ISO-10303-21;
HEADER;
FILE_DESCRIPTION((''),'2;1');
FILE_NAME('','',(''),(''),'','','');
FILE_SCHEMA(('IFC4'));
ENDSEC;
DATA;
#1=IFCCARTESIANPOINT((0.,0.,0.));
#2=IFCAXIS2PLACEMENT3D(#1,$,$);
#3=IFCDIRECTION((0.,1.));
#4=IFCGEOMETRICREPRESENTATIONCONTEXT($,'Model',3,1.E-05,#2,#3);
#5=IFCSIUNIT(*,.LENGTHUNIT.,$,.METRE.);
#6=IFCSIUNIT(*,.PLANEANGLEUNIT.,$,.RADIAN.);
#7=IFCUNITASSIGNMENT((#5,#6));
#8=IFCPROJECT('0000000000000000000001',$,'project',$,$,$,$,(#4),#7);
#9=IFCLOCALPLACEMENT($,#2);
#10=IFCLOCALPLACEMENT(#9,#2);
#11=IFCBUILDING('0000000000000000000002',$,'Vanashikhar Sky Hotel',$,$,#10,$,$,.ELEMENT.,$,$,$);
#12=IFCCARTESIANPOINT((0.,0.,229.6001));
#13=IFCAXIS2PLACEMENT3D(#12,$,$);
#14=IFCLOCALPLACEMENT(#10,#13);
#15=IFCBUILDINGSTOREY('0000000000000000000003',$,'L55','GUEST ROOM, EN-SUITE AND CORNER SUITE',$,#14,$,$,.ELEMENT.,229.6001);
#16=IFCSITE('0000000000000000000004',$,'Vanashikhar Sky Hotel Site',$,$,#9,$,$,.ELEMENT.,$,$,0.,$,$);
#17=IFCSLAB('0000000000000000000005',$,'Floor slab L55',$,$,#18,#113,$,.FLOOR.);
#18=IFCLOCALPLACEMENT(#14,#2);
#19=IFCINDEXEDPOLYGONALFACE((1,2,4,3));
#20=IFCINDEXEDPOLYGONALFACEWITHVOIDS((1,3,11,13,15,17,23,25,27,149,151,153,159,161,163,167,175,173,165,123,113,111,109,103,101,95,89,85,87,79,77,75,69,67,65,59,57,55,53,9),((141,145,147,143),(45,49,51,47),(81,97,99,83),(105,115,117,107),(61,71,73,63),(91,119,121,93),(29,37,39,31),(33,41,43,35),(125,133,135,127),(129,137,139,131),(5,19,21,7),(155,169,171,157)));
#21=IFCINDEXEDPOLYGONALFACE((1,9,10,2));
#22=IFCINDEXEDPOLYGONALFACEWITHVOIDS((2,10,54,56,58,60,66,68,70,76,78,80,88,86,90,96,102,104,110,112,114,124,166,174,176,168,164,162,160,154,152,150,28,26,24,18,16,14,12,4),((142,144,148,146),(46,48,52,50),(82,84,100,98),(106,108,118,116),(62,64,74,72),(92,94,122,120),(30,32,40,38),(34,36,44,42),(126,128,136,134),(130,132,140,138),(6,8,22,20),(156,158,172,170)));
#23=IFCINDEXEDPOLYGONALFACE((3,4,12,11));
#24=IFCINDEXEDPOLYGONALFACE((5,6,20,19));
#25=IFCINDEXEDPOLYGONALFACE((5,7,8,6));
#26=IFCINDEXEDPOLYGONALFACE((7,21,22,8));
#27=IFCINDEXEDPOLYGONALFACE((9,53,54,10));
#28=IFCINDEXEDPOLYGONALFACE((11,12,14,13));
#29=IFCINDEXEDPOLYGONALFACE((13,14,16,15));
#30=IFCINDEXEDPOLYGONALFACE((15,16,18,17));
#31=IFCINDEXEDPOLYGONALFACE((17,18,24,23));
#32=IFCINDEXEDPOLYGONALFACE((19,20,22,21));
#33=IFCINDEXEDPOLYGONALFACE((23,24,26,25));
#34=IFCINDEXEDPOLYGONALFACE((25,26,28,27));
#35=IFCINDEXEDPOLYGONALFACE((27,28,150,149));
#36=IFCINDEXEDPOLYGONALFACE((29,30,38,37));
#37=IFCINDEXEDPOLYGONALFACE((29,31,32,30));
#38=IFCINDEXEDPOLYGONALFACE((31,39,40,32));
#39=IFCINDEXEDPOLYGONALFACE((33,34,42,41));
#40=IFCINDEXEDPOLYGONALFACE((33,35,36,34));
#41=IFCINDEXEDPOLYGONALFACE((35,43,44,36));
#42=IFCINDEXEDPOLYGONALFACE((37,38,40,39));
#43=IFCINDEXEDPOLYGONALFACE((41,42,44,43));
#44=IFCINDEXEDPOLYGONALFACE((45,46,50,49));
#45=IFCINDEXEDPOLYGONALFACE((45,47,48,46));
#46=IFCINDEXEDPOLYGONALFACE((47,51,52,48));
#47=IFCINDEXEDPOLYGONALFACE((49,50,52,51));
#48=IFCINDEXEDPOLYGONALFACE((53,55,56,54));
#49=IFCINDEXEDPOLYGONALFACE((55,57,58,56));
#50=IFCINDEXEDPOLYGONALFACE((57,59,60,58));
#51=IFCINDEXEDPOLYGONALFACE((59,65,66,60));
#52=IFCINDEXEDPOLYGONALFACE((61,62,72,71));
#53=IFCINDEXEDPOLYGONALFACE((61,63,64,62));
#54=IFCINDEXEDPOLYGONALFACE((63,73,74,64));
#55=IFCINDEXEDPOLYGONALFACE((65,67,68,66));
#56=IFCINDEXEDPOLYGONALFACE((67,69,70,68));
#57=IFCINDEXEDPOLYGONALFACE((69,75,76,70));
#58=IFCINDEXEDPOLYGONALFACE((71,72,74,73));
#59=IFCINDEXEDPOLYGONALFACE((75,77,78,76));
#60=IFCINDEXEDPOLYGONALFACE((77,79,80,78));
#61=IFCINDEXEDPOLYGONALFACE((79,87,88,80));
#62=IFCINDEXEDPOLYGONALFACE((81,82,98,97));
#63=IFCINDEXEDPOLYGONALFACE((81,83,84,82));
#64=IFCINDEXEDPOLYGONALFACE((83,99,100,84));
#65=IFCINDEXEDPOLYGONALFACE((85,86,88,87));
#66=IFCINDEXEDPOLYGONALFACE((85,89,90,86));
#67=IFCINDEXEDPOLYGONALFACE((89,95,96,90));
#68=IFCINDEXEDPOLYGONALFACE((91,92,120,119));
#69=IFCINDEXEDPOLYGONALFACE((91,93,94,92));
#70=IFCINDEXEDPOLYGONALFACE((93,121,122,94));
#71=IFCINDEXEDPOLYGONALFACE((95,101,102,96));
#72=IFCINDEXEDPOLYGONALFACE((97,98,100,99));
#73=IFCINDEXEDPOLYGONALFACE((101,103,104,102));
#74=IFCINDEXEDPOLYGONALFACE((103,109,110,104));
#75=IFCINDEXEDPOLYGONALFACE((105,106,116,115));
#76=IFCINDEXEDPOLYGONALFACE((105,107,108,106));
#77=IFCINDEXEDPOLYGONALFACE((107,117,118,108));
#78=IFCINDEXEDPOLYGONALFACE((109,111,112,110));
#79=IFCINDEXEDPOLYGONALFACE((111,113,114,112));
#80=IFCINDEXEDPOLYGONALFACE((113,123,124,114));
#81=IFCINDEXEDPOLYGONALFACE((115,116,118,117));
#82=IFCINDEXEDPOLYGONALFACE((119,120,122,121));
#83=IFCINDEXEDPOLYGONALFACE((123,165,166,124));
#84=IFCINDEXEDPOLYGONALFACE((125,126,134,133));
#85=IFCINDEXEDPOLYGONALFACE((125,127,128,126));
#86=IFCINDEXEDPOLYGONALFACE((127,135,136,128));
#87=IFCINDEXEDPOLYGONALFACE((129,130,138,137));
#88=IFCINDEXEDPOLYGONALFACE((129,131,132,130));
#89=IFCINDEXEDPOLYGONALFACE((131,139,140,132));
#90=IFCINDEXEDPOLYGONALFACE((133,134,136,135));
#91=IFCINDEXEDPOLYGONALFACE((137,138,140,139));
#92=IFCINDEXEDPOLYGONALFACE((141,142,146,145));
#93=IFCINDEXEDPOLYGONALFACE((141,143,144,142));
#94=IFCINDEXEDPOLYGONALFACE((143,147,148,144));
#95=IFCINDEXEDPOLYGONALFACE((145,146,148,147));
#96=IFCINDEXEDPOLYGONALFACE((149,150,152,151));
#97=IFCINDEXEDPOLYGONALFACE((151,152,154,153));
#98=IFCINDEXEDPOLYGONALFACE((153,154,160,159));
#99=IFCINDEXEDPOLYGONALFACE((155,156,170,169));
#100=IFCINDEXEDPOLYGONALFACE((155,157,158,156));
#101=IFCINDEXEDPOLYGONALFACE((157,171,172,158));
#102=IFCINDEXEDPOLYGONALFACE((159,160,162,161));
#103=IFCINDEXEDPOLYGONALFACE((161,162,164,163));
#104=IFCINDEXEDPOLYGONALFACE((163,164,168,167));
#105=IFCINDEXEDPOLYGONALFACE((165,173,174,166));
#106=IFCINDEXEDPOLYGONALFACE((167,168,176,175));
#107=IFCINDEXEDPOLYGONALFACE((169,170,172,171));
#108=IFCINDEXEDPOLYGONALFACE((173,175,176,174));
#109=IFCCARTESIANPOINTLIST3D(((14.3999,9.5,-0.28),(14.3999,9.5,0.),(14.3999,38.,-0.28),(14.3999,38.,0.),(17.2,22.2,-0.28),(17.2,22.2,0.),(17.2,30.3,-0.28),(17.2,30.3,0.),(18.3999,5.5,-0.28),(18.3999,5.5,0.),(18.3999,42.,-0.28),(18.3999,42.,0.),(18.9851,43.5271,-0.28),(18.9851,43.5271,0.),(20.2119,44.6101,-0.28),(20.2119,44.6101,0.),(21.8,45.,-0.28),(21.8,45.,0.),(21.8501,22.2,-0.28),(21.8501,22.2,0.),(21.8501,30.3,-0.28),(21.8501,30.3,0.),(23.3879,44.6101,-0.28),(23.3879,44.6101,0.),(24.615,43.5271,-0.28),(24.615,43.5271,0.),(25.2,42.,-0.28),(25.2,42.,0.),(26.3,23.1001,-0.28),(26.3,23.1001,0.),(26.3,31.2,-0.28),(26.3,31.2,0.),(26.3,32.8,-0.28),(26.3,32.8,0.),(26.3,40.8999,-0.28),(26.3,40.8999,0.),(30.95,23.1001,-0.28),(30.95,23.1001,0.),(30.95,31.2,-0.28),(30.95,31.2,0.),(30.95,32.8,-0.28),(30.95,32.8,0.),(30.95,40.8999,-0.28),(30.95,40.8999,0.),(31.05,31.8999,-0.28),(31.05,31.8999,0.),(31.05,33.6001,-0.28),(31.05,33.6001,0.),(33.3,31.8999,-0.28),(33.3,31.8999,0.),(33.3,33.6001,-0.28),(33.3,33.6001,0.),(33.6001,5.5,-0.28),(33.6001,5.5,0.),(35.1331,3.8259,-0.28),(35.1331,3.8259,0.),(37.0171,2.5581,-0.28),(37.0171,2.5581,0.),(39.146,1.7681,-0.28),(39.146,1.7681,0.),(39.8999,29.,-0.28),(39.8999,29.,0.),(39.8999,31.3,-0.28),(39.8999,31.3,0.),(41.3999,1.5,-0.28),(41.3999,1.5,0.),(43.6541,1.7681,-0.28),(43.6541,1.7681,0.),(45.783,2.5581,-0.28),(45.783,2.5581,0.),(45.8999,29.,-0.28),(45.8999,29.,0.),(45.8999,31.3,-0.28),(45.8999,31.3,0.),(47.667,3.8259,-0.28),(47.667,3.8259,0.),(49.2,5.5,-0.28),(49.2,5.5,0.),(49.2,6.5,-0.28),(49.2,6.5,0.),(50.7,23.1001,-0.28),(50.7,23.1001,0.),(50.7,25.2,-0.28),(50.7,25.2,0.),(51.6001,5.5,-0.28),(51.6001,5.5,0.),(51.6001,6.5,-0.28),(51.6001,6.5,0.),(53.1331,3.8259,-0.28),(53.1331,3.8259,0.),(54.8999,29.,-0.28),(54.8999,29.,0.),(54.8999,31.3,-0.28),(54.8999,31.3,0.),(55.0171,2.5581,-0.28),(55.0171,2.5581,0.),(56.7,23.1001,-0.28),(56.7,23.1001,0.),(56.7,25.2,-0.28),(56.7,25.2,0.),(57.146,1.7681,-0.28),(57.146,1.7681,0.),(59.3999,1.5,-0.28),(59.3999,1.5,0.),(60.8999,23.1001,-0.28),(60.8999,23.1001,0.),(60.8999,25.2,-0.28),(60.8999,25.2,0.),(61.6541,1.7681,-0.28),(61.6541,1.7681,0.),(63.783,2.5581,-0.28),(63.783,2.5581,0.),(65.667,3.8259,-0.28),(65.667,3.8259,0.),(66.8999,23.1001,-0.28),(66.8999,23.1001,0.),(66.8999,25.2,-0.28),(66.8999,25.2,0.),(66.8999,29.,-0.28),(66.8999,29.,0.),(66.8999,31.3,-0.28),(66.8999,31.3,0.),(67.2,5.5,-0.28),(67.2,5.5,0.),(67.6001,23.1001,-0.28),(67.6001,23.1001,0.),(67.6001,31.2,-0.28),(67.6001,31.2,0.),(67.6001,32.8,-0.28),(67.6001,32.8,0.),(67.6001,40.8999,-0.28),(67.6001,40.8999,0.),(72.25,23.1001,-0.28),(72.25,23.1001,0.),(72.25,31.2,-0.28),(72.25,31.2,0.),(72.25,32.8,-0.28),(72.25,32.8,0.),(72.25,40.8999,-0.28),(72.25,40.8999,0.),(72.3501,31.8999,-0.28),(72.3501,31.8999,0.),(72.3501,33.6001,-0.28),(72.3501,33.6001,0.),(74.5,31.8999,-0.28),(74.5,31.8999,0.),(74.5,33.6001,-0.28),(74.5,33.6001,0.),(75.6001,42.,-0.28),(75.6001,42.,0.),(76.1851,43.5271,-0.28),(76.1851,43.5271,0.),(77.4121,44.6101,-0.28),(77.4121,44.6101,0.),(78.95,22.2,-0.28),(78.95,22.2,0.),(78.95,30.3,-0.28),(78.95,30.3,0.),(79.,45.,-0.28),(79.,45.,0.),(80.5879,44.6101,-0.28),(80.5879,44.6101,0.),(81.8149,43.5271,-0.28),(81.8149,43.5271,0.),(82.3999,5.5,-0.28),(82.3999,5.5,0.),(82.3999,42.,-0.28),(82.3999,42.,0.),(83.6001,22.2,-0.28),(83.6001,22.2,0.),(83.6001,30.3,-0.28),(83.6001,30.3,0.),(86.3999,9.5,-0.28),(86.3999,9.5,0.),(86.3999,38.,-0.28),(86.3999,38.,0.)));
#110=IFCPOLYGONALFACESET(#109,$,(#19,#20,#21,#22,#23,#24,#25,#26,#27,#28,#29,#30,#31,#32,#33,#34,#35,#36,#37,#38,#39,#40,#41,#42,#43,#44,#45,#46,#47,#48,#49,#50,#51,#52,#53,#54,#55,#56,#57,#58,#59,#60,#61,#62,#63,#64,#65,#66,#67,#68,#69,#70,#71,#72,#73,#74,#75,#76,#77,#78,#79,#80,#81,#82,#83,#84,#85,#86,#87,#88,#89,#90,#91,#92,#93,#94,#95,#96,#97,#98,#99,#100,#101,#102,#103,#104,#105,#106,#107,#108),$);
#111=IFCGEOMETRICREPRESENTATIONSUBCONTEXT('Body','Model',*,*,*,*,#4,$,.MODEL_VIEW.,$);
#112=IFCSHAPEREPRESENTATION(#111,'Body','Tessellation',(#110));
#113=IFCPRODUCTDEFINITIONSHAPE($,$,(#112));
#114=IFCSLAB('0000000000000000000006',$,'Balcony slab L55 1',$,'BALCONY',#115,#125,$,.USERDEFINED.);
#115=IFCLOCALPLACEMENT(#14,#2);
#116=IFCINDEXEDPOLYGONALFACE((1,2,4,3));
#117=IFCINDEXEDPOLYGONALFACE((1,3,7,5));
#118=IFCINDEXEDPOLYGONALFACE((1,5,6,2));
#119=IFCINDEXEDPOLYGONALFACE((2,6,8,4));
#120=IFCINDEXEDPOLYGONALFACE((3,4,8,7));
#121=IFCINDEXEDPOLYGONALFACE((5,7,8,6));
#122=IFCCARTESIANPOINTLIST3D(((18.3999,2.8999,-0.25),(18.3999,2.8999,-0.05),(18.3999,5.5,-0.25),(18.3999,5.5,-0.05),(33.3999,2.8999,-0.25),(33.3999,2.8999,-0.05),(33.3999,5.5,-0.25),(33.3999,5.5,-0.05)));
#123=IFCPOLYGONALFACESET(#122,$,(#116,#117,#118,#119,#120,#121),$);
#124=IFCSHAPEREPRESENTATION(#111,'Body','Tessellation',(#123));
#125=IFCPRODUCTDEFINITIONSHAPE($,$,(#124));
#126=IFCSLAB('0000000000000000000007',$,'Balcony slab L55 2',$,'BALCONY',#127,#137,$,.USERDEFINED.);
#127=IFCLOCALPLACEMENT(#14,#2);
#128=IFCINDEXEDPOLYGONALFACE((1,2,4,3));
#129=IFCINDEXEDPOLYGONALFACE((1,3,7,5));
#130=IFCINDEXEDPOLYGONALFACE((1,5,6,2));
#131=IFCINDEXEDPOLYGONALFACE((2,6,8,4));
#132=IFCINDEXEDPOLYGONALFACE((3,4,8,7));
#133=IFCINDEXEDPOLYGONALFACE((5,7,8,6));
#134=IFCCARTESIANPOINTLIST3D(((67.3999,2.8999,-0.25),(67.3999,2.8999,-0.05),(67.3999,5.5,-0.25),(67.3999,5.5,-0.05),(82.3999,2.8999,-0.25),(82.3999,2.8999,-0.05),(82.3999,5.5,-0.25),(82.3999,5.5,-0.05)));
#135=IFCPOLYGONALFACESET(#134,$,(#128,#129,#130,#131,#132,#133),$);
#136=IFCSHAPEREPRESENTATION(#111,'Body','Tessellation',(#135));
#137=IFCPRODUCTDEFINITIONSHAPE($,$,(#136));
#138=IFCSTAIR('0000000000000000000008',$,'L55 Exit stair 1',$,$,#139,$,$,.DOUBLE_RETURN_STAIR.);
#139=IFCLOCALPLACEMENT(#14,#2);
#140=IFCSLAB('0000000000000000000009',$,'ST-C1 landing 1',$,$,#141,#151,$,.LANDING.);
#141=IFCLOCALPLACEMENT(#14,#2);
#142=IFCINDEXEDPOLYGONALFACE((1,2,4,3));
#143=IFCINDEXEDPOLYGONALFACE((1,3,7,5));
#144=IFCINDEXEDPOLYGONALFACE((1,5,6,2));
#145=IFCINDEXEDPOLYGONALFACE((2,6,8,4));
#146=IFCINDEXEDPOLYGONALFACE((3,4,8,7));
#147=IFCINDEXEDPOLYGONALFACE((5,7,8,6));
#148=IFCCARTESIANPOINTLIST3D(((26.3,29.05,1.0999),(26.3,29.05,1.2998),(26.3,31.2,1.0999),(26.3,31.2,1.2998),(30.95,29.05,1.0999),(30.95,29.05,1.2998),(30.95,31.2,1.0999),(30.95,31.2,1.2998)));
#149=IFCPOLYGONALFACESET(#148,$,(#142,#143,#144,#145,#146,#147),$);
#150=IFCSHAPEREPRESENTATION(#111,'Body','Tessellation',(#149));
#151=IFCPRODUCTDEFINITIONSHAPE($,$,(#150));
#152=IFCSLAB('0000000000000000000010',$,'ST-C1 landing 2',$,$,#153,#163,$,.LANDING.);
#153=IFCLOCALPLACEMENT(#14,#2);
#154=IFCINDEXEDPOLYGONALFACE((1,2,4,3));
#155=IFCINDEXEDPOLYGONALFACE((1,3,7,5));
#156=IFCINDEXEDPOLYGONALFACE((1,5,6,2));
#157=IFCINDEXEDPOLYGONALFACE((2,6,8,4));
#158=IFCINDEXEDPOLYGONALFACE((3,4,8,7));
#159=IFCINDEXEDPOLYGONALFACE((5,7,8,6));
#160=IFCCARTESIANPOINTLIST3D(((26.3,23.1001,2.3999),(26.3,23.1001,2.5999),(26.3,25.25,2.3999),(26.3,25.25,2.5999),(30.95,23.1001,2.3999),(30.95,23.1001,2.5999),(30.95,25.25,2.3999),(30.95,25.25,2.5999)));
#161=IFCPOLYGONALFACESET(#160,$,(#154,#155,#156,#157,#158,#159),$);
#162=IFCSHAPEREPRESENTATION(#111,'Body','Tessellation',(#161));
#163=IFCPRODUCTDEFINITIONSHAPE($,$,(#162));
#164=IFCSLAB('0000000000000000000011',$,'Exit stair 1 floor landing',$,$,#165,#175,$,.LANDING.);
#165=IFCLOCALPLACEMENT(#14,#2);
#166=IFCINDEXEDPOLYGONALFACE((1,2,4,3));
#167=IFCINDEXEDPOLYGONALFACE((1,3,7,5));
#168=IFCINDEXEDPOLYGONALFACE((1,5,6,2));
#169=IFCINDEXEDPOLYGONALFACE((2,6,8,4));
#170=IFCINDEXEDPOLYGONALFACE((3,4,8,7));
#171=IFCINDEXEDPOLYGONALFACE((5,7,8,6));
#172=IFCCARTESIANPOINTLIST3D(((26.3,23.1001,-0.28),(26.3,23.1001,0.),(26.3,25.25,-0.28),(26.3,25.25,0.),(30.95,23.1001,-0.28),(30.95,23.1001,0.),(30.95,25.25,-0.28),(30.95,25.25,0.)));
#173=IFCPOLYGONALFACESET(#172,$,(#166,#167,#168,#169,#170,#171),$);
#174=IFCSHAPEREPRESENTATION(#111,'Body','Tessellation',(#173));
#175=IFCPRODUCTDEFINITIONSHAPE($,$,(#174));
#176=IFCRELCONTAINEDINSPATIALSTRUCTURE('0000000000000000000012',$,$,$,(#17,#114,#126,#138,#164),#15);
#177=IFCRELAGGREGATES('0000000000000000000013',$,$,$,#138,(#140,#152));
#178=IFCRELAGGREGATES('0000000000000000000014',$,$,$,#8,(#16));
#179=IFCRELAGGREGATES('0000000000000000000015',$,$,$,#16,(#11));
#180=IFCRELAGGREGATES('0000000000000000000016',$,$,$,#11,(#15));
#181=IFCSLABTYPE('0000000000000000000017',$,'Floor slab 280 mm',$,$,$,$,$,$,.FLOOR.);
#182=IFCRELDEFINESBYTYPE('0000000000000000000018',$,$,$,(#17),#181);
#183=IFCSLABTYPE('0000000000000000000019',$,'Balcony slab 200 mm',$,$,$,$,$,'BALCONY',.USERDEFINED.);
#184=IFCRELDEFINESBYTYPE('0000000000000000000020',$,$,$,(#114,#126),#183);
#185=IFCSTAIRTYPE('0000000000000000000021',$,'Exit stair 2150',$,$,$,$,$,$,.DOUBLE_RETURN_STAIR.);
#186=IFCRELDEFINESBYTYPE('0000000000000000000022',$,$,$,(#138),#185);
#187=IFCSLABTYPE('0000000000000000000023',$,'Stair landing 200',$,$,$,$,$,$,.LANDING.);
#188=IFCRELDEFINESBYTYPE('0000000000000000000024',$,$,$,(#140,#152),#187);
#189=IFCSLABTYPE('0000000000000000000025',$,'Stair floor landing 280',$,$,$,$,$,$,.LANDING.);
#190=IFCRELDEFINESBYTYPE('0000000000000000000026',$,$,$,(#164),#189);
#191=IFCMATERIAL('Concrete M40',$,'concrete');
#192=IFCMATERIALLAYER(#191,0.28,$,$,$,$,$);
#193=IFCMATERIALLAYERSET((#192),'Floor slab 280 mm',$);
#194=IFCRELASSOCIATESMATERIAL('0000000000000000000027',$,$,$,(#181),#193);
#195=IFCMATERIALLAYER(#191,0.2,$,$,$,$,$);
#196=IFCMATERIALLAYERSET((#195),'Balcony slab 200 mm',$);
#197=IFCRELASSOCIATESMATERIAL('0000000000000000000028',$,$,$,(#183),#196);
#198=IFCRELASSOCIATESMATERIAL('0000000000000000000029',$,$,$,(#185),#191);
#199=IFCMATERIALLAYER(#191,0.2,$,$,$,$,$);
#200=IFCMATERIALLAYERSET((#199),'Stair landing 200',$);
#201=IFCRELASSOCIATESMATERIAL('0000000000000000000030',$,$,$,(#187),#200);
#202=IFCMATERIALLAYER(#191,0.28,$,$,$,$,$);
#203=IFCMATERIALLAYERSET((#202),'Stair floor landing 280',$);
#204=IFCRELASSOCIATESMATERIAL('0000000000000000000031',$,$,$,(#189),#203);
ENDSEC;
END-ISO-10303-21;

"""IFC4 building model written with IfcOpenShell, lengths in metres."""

from ifc_helpers import new_model, si_unit, direction, frame, origin, place, context, subcontext, project, spatial, polyline, outline, extrude, source, transform, mapped, material, layer, layer_set, type_object, element, aggregate, save


model = new_model("IFC4")

# Units and contexts
model_context = context("Model", 3, precision=1e-05, world=origin(), true_north=direction((0.0, 1.0)))
body_context = subcontext(model_context, "Body", "Model", "MODEL_VIEW")
ifc_project = project(units=[si_unit("LENGTHUNIT", "METRE"), si_unit("PLANEANGLEUNIT", "RADIAN")], contexts=[model_context])

# Site, building, storey
site_placement = place(None, origin())
site = spatial("IfcSite", under=ifc_project, at=site_placement, Name="Vanashikhar Sky Hotel Site", CompositionType="ELEMENT", RefElevation=0.0)
building_placement = place(site_placement, origin())
building = spatial("IfcBuilding", under=site, at=building_placement, Name="Vanashikhar Sky Hotel", CompositionType="ELEMENT")
storey_placement = place(building_placement, frame((0.0, 0.0, 229.6001)))
storey = spatial("IfcBuildingStorey", under=building, at=storey_placement, Name="L55", Description="GUEST ROOM, EN-SUITE AND CORNER SUITE", CompositionType="ELEMENT", Elevation=229.6001)

# Slabs
ifc_material = material(Name="Concrete M40", Category="concrete")
ifc_layer_1 = layer(ifc_material, 0.28)
ifc_layer_set_1 = layer_set([ifc_layer_1], Name="Floor slab 280 mm")
slab_type_1 = type_object("IfcSlabType", Name="Floor slab 280 mm", PredefinedType="FLOOR", material=ifc_layer_set_1)
shared_shape_1 = source(origin(), body_context, "Body", "SweptSolid", [
    extrude(outline(polyline([(49.2, 5.5), (49.2, 6.5), (51.6001, 6.5), (51.6001, 5.5), (53.1331, 3.8259), (55.0171, 2.5581), (57.146, 1.7681), (59.3999, 1.5), (61.6541, 1.7681), (63.783, 2.5581), (65.667, 3.8259), (67.2, 5.5), (82.3999, 5.5), (86.3999, 9.5), (86.3999, 38.0), (82.3999, 42.0), (81.8149, 43.5271), (80.5879, 44.6101), (79.0, 45.0), (77.4121, 44.6101), (76.1851, 43.5271), (75.6001, 42.0), (25.2, 42.0), (24.615, 43.5271), (23.3879, 44.6101), (21.8, 45.0), (20.2119, 44.6101), (18.9851, 43.5271), (18.3999, 42.0), (14.3999, 38.0), (14.3999, 9.5), (18.3999, 5.5), (33.6001, 5.5), (35.1331, 3.8259), (37.0171, 2.5581), (39.146, 1.7681), (41.3999, 1.5), (43.6541, 1.7681), (45.783, 2.5581), (47.667, 3.8259), (49.2, 5.5)]), holes=[polyline([(33.3, 33.6001), (31.05, 33.6001), (31.05, 31.8999), (33.3, 31.8999), (33.3, 33.6001)]), polyline([(39.8999, 31.3), (39.8999, 29.0), (45.8999, 29.0), (45.8999, 31.3), (39.8999, 31.3)]), polyline([(50.7, 25.2), (50.7, 23.1001), (56.7, 23.1001), (56.7, 25.2), (50.7, 25.2)]), polyline([(66.8999, 29.0), (66.8999, 31.3), (54.8999, 31.3), (54.8999, 29.0), (66.8999, 29.0)]), polyline([(60.8999, 25.2), (60.8999, 23.1001), (66.8999, 23.1001), (66.8999, 25.2), (60.8999, 25.2)]), polyline([(74.5, 33.6001), (72.3501, 33.6001), (72.3501, 31.8999), (74.5, 31.8999), (74.5, 33.6001)]), polyline([(30.95, 23.1001), (30.95, 31.2), (26.3, 31.2), (26.3, 23.1001), (30.95, 23.1001)]), polyline([(72.25, 23.1001), (72.25, 31.2), (67.6001, 31.2), (67.6001, 23.1001), (72.25, 23.1001)]), polyline([(30.95, 32.8), (30.95, 40.8999), (26.3, 40.8999), (26.3, 32.8), (30.95, 32.8)]), polyline([(72.25, 32.8), (72.25, 40.8999), (67.6001, 40.8999), (67.6001, 32.8), (72.25, 32.8)]), polyline([(83.6001, 22.2), (83.6001, 30.3), (78.95, 30.3), (78.95, 22.2), (83.6001, 22.2)]), polyline([(21.8501, 22.2), (21.8501, 30.3), (17.2, 30.3), (17.2, 22.2), (21.8501, 22.2)])]), origin(), (0.0, 0.0, 1.0), 0.28),
])
slab_1_placement = place(storey_placement, frame((0.0, 0.0, -0.28)))
element("IfcSlab", 1, at=slab_1_placement, inside=storey, type_object=slab_type_1, Name="Floor slab L55", PredefinedType="FLOOR", context=body_context, shape_type="MappedRepresentation", body=[
    mapped(shared_shape_1, transform((0.0, 0.0, 0.0), scale=1.0)),
])
ifc_layer_2 = layer(ifc_material, 0.2)
ifc_layer_set_2 = layer_set([ifc_layer_2], Name="Balcony slab 200 mm")
slab_type_2 = type_object("IfcSlabType", Name="Balcony slab 200 mm", ElementType="BALCONY", PredefinedType="USERDEFINED", material=ifc_layer_set_2)
shared_shape_2 = source(origin(), body_context, "Body", "SweptSolid", [
    extrude(outline(polyline([(18.3999, 2.8999), (33.3999, 2.8999), (33.3999, 5.5), (18.3999, 5.5), (18.3999, 2.8999)])), origin(), (0.0, 0.0, 1.0), 0.2),
])
slab_2_placement = place(storey_placement, frame((0.0, 0.0, -0.25)))
element("IfcSlab", 2, at=slab_2_placement, inside=storey, type_object=slab_type_2, Name="Balcony slab L55 1", ObjectType="BALCONY", PredefinedType="USERDEFINED", context=body_context, shape_type="MappedRepresentation", body=[
    mapped(shared_shape_2, transform((0.0, 0.0, 0.0), scale=1.0)),
])
shared_shape_3 = source(origin(), body_context, "Body", "SweptSolid", [
    extrude(outline(polyline([(67.3999, 2.8999), (82.3999, 2.8999), (82.3999, 5.5), (67.3999, 5.5), (67.3999, 2.8999)])), origin(), (0.0, 0.0, 1.0), 0.2),
])
slab_3_placement = place(storey_placement, frame((0.0, 0.0, -0.25)))
element("IfcSlab", 3, at=slab_3_placement, inside=storey, type_object=slab_type_2, Name="Balcony slab L55 2", ObjectType="BALCONY", PredefinedType="USERDEFINED", context=body_context, shape_type="MappedRepresentation", body=[
    mapped(shared_shape_3, transform((0.0, 0.0, 0.0), scale=1.0)),
])

# Stair, slabs
stair_type = type_object("IfcStairType", Name="Exit stair 2150", PredefinedType="DOUBLE_RETURN_STAIR", material=ifc_material)
stair_1_placement = place(storey_placement, origin())
stair_1 = element("IfcStair", 4, at=stair_1_placement, inside=storey, type_object=stair_type, Name="L55 Exit stair 1", PredefinedType="DOUBLE_RETURN_STAIR")
ifc_layer_3 = layer(ifc_material, 0.2)
ifc_layer_set_3 = layer_set([ifc_layer_3], Name="Stair landing 200")
slab_type_3 = type_object("IfcSlabType", Name="Stair landing 200", PredefinedType="LANDING", material=ifc_layer_set_3)
shared_shape_4 = source(origin(), body_context, "Body", "SweptSolid", [
    extrude(outline(polyline([(30.95, 29.05), (30.95, 31.2), (26.3, 31.2), (26.3, 29.05), (30.95, 29.05)])), origin(), (0.0, 0.0, 1.0), 0.2),
])
slab_4_placement = place(storey_placement, frame((0.0, 0.0, 1.0999)))
slab_4 = element("IfcSlab", 5, at=slab_4_placement, type_object=slab_type_3, Name="ST-C1 landing 1", PredefinedType="LANDING", context=body_context, shape_type="MappedRepresentation", body=[
    mapped(shared_shape_4, transform((0.0, 0.0, 0.0), scale=1.0)),
])
shared_shape_5 = source(origin(), body_context, "Body", "SweptSolid", [
    extrude(outline(polyline([(30.95, 23.1001), (30.95, 25.25), (26.3, 25.25), (26.3, 23.1001), (30.95, 23.1001)])), origin(), (0.0, 0.0, 1.0), 0.2),
])
slab_5_placement = place(storey_placement, frame((0.0, 0.0, 2.3999)))
slab_5 = element("IfcSlab", 6, at=slab_5_placement, type_object=slab_type_3, Name="ST-C1 landing 2", PredefinedType="LANDING", context=body_context, shape_type="MappedRepresentation", body=[
    mapped(shared_shape_5, transform((0.0, 0.0, 0.0), scale=1.0)),
])
aggregate(stair_1, [slab_4, slab_5])

# Slab
ifc_layer_4 = layer(ifc_material, 0.28)
ifc_layer_set_4 = layer_set([ifc_layer_4], Name="Stair floor landing 280")
slab_type_4 = type_object("IfcSlabType", Name="Stair floor landing 280", PredefinedType="LANDING", material=ifc_layer_set_4)
shared_shape_6 = source(origin(), body_context, "Body", "SweptSolid", [
    extrude(outline(polyline([(30.95, 23.1001), (30.95, 25.25), (26.3, 25.25), (26.3, 23.1001), (30.95, 23.1001)])), origin(), (0.0, 0.0, 1.0), 0.28),
])
slab_6_placement = place(storey_placement, frame((0.0, 0.0, -0.28)))
element("IfcSlab", 7, at=slab_6_placement, inside=storey, type_object=slab_type_4, Name="Exit stair 1 floor landing", PredefinedType="LANDING", context=body_context, shape_type="MappedRepresentation", body=[
    mapped(shared_shape_6, transform((0.0, 0.0, 0.0), scale=1.0)),
])

save(model, "model.ifc")
